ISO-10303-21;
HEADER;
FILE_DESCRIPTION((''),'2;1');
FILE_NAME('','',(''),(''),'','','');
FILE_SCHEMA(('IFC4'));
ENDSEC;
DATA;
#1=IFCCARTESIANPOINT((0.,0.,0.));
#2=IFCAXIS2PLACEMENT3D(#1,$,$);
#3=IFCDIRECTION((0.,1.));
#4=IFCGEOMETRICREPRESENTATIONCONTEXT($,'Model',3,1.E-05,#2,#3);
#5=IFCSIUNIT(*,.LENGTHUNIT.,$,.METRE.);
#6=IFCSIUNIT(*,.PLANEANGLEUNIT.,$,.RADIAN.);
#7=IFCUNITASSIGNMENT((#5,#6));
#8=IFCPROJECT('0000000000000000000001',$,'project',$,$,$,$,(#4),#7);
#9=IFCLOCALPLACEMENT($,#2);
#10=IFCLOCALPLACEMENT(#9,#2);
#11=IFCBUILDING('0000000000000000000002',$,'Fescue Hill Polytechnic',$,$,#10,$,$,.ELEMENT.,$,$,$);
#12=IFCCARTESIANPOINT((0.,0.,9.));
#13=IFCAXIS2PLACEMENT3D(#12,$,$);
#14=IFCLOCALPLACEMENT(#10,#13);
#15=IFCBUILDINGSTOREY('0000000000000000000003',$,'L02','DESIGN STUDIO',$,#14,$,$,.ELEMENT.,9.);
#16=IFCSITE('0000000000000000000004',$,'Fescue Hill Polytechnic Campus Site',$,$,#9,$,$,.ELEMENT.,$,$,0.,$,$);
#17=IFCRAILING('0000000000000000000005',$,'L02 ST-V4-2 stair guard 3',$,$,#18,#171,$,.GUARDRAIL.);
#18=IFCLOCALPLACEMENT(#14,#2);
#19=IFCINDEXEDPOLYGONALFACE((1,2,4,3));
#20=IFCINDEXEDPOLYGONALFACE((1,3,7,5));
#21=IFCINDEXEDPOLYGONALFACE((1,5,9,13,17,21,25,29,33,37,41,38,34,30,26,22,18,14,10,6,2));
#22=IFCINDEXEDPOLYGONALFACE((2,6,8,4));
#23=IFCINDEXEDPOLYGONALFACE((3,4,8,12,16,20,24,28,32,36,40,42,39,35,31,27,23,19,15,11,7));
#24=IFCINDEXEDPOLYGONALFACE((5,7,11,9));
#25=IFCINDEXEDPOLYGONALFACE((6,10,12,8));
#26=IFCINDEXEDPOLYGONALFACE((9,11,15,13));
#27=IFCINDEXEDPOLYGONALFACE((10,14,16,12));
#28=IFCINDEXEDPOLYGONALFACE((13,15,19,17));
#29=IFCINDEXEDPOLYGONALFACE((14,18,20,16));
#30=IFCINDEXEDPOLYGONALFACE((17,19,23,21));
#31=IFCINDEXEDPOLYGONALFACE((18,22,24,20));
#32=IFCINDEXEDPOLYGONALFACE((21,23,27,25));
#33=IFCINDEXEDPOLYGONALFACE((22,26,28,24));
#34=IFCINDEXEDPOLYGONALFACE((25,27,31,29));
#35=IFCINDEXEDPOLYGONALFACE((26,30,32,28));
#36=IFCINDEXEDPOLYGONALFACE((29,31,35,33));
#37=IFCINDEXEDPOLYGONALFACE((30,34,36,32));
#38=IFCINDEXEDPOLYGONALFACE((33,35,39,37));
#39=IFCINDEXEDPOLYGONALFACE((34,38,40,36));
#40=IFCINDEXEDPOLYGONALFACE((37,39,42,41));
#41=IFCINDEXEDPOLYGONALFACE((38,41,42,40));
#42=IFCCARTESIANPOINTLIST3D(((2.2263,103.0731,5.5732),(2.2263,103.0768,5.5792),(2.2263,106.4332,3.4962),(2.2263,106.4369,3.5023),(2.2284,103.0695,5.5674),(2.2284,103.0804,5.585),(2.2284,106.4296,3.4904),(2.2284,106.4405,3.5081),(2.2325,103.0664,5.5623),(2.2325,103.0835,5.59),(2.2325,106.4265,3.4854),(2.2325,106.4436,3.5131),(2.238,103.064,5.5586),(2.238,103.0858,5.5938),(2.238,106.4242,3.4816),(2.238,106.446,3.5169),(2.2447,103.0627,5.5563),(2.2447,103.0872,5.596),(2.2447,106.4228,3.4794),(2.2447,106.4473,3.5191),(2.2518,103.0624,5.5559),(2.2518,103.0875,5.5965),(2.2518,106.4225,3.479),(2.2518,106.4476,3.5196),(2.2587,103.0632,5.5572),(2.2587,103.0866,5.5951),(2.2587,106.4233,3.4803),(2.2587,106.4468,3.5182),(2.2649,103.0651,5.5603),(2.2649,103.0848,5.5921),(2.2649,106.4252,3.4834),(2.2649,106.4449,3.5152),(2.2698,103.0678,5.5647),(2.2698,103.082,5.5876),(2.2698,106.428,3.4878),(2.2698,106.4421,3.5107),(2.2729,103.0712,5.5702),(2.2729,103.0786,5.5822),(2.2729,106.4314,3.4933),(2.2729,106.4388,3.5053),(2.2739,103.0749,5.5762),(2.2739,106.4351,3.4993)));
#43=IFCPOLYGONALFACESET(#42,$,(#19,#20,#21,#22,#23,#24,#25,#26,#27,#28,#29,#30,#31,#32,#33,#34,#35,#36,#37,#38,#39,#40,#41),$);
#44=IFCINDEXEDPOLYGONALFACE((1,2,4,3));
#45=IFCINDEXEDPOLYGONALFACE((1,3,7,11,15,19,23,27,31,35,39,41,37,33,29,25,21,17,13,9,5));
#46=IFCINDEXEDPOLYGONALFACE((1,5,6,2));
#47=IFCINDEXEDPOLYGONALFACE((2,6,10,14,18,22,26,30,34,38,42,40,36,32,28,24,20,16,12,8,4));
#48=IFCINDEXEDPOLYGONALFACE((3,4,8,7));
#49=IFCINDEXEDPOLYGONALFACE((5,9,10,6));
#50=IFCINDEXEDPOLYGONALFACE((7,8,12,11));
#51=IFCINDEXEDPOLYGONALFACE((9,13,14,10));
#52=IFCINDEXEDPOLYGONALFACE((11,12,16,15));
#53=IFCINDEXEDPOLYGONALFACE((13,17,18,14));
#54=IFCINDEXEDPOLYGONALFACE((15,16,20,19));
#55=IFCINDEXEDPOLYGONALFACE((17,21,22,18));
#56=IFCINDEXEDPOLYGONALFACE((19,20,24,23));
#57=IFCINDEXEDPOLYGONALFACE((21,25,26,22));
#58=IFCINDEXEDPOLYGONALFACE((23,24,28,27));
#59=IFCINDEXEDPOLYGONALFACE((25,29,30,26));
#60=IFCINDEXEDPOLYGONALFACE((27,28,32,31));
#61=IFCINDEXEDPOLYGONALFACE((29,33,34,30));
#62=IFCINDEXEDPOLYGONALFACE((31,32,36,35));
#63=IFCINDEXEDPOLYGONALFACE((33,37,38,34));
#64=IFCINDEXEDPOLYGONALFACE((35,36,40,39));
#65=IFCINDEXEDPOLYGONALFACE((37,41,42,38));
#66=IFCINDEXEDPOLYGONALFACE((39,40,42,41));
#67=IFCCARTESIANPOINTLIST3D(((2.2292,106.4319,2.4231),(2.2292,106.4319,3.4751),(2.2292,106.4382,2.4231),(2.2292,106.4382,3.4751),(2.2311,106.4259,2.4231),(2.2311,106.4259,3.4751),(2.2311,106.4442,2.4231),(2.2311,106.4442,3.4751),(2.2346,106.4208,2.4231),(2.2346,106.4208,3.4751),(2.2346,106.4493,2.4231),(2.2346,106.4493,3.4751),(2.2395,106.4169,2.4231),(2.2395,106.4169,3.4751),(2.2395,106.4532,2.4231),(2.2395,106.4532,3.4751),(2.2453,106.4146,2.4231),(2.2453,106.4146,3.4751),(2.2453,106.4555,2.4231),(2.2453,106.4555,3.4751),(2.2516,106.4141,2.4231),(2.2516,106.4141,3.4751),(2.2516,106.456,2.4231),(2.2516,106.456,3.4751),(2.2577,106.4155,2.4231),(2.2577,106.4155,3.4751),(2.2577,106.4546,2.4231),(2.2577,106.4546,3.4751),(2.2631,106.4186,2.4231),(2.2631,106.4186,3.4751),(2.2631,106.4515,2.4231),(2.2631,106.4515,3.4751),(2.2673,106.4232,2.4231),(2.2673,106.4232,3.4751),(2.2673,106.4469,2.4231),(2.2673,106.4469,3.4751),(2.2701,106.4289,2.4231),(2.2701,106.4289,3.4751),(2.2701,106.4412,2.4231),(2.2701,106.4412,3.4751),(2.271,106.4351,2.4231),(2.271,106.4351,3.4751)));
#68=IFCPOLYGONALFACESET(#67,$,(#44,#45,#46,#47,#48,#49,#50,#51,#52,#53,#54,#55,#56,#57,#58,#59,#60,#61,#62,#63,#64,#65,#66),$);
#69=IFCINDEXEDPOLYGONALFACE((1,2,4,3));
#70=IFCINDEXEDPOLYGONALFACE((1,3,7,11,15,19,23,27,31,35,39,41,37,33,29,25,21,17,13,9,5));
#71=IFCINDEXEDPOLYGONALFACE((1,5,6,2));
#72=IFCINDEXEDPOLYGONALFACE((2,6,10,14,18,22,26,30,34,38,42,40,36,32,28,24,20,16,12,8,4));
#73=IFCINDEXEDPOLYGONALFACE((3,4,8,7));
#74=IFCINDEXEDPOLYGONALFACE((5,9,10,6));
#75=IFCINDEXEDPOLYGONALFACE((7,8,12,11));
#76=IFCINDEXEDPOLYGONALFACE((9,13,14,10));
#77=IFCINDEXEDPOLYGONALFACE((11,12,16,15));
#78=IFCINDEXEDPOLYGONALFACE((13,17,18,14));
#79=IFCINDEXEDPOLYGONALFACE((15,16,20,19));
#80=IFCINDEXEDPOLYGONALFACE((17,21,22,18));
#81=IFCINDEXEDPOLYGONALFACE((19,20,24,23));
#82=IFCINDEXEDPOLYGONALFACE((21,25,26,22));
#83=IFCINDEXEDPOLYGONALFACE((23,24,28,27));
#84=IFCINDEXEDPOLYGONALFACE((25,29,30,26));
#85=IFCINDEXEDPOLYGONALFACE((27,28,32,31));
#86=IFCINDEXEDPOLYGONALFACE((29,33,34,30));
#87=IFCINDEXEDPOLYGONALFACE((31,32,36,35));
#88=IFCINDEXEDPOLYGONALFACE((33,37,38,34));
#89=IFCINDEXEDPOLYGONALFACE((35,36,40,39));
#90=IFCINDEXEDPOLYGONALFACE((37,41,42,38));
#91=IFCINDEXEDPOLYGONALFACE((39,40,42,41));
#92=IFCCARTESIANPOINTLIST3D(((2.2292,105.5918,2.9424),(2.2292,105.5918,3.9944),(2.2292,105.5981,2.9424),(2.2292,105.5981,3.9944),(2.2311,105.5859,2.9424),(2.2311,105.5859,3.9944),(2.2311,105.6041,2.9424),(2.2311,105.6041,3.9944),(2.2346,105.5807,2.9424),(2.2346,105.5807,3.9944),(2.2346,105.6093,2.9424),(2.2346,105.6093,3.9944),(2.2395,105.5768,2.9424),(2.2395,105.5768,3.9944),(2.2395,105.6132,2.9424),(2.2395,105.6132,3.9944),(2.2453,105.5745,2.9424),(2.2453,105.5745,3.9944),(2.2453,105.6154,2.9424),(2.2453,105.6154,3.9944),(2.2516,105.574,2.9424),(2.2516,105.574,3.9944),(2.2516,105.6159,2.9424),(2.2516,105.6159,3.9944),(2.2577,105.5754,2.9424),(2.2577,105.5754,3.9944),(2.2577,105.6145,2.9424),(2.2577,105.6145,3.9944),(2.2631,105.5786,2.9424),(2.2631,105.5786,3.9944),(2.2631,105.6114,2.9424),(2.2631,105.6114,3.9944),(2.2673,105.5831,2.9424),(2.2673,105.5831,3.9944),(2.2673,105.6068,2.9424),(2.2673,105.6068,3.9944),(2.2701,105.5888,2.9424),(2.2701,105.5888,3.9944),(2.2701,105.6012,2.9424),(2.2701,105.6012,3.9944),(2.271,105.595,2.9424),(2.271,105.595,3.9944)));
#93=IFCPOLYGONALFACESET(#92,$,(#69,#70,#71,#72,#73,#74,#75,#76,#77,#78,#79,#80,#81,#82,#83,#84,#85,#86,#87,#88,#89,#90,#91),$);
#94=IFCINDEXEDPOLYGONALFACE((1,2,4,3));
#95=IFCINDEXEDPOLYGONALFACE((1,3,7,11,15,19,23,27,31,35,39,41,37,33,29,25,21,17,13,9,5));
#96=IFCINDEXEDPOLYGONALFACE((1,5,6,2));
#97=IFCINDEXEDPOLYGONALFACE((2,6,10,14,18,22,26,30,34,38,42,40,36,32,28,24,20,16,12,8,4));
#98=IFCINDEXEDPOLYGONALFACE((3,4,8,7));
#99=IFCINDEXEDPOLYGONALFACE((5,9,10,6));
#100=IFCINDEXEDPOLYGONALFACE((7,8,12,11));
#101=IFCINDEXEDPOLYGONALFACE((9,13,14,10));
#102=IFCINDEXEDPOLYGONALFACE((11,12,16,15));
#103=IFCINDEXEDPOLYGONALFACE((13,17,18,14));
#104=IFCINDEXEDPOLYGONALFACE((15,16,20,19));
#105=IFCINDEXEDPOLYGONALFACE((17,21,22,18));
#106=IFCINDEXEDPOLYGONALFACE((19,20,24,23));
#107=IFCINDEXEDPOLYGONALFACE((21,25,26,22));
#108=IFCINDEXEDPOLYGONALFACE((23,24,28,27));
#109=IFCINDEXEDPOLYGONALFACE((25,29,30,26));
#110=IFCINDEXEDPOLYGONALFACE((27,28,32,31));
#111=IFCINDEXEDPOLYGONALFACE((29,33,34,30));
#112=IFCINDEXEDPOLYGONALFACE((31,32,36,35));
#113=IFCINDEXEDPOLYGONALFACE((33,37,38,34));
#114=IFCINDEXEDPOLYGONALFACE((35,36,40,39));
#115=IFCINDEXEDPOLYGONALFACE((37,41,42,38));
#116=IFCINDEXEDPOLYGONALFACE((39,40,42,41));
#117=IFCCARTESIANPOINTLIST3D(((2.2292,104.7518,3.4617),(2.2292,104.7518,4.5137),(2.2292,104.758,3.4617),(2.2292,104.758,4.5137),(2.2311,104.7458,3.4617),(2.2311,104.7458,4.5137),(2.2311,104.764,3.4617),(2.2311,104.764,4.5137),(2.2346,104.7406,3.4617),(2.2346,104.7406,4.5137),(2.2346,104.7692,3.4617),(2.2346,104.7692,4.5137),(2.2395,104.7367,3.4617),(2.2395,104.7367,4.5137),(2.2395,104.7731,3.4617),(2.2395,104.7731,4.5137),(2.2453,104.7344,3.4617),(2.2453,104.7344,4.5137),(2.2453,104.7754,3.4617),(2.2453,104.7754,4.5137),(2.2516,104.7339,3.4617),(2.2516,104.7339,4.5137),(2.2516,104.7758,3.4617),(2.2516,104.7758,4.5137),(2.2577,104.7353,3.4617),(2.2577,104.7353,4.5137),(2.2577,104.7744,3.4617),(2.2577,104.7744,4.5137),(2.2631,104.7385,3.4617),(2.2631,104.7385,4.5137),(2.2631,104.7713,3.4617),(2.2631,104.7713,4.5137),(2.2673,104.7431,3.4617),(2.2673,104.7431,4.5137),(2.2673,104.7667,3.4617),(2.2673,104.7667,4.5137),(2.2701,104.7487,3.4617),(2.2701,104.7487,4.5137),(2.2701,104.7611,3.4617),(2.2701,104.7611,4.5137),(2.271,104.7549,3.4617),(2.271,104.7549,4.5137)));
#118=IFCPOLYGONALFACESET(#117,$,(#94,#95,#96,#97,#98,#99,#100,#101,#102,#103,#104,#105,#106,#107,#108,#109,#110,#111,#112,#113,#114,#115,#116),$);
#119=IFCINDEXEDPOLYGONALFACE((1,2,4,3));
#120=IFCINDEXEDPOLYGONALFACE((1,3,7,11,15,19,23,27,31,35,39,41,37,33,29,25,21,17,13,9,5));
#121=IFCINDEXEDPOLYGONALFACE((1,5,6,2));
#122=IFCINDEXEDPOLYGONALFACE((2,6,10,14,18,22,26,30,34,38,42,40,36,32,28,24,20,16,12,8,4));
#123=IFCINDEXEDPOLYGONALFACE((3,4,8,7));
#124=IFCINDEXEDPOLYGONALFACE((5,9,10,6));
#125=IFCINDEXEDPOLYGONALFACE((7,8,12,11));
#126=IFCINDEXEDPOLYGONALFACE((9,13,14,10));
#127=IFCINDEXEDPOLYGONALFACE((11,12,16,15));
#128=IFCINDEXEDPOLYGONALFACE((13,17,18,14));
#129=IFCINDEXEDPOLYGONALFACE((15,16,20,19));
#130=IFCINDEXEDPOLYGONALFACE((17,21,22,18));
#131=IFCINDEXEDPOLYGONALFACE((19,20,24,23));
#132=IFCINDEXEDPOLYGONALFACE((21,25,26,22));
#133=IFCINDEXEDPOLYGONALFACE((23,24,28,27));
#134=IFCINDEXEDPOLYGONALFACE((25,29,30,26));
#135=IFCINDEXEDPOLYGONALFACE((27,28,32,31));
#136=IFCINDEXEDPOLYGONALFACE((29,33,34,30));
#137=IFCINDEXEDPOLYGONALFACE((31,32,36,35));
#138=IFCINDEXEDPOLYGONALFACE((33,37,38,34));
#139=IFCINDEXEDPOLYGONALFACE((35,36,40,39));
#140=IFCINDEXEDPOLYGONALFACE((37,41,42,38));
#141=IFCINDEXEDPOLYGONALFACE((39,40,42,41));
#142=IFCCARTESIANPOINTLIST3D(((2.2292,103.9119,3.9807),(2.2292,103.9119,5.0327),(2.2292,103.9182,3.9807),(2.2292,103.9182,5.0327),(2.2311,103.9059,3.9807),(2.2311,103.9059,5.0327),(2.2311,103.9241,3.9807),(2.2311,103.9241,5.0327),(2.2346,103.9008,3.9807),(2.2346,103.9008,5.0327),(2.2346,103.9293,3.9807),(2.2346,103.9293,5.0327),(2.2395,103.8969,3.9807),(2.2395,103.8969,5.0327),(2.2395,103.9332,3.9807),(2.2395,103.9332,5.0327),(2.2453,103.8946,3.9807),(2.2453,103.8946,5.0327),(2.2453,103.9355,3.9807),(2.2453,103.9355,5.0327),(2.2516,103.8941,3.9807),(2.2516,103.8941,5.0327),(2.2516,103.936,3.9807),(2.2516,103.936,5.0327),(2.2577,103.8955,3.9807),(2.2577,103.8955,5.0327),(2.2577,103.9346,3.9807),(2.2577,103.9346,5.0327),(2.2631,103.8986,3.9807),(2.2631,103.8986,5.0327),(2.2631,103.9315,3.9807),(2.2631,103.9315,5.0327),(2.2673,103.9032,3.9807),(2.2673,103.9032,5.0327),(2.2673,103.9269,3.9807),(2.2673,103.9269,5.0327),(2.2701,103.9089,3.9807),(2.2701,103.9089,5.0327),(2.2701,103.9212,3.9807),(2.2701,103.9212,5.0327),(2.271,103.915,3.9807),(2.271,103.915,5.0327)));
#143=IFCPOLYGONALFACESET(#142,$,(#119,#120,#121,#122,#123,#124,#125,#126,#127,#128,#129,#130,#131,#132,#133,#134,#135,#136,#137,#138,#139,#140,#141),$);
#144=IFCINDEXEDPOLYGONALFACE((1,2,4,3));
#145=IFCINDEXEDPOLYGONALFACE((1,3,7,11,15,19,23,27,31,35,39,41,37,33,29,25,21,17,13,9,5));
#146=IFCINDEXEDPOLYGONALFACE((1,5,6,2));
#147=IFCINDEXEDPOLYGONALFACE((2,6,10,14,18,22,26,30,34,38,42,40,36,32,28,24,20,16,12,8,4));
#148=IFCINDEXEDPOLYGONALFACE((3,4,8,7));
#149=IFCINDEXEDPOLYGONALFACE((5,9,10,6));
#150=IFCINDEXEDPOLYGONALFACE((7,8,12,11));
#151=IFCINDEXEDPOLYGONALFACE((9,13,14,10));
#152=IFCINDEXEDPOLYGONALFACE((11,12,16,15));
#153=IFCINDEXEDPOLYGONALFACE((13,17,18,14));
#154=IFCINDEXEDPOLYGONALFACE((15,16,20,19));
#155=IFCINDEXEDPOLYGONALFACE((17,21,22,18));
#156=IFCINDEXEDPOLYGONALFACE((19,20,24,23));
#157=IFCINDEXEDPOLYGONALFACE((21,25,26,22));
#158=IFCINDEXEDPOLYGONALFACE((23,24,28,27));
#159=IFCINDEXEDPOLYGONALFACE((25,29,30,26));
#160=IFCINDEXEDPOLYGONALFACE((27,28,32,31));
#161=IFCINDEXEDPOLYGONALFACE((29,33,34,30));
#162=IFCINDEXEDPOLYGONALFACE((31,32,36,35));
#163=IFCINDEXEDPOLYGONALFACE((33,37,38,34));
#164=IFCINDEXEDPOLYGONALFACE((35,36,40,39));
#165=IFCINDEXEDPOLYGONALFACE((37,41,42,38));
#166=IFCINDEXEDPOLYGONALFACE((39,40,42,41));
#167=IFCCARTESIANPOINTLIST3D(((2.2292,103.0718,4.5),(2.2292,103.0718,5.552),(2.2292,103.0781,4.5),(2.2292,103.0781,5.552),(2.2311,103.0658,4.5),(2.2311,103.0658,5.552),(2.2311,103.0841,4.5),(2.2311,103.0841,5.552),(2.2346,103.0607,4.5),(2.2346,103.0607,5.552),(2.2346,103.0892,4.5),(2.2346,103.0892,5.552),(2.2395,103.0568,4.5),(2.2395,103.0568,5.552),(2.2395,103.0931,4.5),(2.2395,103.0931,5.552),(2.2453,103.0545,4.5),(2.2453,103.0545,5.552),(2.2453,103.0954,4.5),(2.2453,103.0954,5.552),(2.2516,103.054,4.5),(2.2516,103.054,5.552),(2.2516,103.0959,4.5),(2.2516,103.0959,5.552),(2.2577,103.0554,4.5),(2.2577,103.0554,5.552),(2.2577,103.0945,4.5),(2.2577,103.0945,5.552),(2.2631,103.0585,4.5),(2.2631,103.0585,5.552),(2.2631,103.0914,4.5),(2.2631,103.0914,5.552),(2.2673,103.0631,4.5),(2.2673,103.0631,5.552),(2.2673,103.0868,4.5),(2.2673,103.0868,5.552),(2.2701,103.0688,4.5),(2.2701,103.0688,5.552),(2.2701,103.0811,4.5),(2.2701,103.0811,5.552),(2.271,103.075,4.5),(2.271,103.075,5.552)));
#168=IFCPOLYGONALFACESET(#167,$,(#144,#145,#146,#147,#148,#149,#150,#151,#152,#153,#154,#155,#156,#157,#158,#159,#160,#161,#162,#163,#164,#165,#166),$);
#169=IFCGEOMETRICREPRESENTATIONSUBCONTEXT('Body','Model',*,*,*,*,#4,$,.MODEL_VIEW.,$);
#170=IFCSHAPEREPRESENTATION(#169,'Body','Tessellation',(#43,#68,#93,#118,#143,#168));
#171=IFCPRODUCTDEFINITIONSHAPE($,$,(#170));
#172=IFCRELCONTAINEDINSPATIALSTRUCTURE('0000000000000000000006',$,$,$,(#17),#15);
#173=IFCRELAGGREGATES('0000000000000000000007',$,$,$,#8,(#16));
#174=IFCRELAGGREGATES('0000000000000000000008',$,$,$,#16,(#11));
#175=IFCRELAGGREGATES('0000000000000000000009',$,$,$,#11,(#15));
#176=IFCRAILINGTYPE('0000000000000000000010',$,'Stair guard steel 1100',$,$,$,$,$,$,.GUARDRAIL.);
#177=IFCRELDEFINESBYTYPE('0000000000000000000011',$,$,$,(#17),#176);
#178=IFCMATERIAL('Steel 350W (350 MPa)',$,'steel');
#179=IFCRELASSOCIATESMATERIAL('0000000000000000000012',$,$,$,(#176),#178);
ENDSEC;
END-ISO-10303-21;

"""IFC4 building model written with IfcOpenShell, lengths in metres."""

from ifc_helpers import new_model, si_unit, direction, frame, origin, origin_2d, place, context, subcontext, project, spatial, circle, extrude, material, type_object, element, save


model = new_model("IFC4")

# Units and contexts
model_context = context("Model", 3, precision=1e-05, world=origin(), true_north=direction((0.0, 1.0)))
body_context = subcontext(model_context, "Body", "Model", "MODEL_VIEW")
ifc_project = project(units=[si_unit("LENGTHUNIT", "METRE"), si_unit("PLANEANGLEUNIT", "RADIAN")], contexts=[model_context])

# Site, building, storey
site_placement = place(None, origin())
site = spatial("IfcSite", under=ifc_project, at=site_placement, Name="Fescue Hill Polytechnic Campus Site", CompositionType="ELEMENT", RefElevation=0.0)
building_placement = place(site_placement, origin())
building = spatial("IfcBuilding", under=site, at=building_placement, Name="Fescue Hill Polytechnic", CompositionType="ELEMENT")
storey_placement = place(building_placement, frame((0.0, 0.0, 9.0)))
storey = spatial("IfcBuildingStorey", under=building, at=storey_placement, Name="L02", Description="DESIGN STUDIO", CompositionType="ELEMENT", Elevation=9.0)

# Railing
ifc_material_1 = material(Name="Steel 350W (350 MPa)", Category="steel")
railing_type_1 = type_object("IfcRailingType", Name="Stair guard steel 1100", PredefinedType="GUARDRAIL", material=ifc_material_1)
railing_1_placement = place(storey_placement, frame((2.25, 106.4351, 2.4231)))
element("IfcRailing", 1, at=railing_1_placement, inside=storey, type_object=railing_type_1, Name="L02 ST-V4-2 stair guard 3", PredefinedType="GUARDRAIL", context=body_context, shape_type="SweptSolid", body=[
    extrude(circle(Radius=0.0239, at=origin_2d()), frame((0.0, 0.0, 1.0762), z_axis=(0.0, -0.850623, 0.525776), x_axis=(1.0, 0.0, 0.0)), (0.0, 0.0, 1.0), 3.9502),
    extrude(circle(Radius=0.021, at=origin_2d()), origin(), (0.0, 0.0, 1.0), 1.052),
    extrude(circle(Radius=0.021, at=origin_2d()), frame((0.0, -0.8401, 0.5193)), (0.0, 0.0, 1.0), 1.052),
    extrude(circle(Radius=0.021, at=origin_2d()), frame((0.0, -1.6802, 1.0386)), (0.0, 0.0, 1.0), 1.052),
    extrude(circle(Radius=0.021, at=origin_2d()), frame((0.0, -2.52, 1.5576)), (0.0, 0.0, 1.0), 1.052),
    extrude(circle(Radius=0.021, at=origin_2d()), frame((0.0, -3.3601, 2.0769)), (0.0, 0.0, 1.0), 1.052),
])

save(model, "model.ifc")
